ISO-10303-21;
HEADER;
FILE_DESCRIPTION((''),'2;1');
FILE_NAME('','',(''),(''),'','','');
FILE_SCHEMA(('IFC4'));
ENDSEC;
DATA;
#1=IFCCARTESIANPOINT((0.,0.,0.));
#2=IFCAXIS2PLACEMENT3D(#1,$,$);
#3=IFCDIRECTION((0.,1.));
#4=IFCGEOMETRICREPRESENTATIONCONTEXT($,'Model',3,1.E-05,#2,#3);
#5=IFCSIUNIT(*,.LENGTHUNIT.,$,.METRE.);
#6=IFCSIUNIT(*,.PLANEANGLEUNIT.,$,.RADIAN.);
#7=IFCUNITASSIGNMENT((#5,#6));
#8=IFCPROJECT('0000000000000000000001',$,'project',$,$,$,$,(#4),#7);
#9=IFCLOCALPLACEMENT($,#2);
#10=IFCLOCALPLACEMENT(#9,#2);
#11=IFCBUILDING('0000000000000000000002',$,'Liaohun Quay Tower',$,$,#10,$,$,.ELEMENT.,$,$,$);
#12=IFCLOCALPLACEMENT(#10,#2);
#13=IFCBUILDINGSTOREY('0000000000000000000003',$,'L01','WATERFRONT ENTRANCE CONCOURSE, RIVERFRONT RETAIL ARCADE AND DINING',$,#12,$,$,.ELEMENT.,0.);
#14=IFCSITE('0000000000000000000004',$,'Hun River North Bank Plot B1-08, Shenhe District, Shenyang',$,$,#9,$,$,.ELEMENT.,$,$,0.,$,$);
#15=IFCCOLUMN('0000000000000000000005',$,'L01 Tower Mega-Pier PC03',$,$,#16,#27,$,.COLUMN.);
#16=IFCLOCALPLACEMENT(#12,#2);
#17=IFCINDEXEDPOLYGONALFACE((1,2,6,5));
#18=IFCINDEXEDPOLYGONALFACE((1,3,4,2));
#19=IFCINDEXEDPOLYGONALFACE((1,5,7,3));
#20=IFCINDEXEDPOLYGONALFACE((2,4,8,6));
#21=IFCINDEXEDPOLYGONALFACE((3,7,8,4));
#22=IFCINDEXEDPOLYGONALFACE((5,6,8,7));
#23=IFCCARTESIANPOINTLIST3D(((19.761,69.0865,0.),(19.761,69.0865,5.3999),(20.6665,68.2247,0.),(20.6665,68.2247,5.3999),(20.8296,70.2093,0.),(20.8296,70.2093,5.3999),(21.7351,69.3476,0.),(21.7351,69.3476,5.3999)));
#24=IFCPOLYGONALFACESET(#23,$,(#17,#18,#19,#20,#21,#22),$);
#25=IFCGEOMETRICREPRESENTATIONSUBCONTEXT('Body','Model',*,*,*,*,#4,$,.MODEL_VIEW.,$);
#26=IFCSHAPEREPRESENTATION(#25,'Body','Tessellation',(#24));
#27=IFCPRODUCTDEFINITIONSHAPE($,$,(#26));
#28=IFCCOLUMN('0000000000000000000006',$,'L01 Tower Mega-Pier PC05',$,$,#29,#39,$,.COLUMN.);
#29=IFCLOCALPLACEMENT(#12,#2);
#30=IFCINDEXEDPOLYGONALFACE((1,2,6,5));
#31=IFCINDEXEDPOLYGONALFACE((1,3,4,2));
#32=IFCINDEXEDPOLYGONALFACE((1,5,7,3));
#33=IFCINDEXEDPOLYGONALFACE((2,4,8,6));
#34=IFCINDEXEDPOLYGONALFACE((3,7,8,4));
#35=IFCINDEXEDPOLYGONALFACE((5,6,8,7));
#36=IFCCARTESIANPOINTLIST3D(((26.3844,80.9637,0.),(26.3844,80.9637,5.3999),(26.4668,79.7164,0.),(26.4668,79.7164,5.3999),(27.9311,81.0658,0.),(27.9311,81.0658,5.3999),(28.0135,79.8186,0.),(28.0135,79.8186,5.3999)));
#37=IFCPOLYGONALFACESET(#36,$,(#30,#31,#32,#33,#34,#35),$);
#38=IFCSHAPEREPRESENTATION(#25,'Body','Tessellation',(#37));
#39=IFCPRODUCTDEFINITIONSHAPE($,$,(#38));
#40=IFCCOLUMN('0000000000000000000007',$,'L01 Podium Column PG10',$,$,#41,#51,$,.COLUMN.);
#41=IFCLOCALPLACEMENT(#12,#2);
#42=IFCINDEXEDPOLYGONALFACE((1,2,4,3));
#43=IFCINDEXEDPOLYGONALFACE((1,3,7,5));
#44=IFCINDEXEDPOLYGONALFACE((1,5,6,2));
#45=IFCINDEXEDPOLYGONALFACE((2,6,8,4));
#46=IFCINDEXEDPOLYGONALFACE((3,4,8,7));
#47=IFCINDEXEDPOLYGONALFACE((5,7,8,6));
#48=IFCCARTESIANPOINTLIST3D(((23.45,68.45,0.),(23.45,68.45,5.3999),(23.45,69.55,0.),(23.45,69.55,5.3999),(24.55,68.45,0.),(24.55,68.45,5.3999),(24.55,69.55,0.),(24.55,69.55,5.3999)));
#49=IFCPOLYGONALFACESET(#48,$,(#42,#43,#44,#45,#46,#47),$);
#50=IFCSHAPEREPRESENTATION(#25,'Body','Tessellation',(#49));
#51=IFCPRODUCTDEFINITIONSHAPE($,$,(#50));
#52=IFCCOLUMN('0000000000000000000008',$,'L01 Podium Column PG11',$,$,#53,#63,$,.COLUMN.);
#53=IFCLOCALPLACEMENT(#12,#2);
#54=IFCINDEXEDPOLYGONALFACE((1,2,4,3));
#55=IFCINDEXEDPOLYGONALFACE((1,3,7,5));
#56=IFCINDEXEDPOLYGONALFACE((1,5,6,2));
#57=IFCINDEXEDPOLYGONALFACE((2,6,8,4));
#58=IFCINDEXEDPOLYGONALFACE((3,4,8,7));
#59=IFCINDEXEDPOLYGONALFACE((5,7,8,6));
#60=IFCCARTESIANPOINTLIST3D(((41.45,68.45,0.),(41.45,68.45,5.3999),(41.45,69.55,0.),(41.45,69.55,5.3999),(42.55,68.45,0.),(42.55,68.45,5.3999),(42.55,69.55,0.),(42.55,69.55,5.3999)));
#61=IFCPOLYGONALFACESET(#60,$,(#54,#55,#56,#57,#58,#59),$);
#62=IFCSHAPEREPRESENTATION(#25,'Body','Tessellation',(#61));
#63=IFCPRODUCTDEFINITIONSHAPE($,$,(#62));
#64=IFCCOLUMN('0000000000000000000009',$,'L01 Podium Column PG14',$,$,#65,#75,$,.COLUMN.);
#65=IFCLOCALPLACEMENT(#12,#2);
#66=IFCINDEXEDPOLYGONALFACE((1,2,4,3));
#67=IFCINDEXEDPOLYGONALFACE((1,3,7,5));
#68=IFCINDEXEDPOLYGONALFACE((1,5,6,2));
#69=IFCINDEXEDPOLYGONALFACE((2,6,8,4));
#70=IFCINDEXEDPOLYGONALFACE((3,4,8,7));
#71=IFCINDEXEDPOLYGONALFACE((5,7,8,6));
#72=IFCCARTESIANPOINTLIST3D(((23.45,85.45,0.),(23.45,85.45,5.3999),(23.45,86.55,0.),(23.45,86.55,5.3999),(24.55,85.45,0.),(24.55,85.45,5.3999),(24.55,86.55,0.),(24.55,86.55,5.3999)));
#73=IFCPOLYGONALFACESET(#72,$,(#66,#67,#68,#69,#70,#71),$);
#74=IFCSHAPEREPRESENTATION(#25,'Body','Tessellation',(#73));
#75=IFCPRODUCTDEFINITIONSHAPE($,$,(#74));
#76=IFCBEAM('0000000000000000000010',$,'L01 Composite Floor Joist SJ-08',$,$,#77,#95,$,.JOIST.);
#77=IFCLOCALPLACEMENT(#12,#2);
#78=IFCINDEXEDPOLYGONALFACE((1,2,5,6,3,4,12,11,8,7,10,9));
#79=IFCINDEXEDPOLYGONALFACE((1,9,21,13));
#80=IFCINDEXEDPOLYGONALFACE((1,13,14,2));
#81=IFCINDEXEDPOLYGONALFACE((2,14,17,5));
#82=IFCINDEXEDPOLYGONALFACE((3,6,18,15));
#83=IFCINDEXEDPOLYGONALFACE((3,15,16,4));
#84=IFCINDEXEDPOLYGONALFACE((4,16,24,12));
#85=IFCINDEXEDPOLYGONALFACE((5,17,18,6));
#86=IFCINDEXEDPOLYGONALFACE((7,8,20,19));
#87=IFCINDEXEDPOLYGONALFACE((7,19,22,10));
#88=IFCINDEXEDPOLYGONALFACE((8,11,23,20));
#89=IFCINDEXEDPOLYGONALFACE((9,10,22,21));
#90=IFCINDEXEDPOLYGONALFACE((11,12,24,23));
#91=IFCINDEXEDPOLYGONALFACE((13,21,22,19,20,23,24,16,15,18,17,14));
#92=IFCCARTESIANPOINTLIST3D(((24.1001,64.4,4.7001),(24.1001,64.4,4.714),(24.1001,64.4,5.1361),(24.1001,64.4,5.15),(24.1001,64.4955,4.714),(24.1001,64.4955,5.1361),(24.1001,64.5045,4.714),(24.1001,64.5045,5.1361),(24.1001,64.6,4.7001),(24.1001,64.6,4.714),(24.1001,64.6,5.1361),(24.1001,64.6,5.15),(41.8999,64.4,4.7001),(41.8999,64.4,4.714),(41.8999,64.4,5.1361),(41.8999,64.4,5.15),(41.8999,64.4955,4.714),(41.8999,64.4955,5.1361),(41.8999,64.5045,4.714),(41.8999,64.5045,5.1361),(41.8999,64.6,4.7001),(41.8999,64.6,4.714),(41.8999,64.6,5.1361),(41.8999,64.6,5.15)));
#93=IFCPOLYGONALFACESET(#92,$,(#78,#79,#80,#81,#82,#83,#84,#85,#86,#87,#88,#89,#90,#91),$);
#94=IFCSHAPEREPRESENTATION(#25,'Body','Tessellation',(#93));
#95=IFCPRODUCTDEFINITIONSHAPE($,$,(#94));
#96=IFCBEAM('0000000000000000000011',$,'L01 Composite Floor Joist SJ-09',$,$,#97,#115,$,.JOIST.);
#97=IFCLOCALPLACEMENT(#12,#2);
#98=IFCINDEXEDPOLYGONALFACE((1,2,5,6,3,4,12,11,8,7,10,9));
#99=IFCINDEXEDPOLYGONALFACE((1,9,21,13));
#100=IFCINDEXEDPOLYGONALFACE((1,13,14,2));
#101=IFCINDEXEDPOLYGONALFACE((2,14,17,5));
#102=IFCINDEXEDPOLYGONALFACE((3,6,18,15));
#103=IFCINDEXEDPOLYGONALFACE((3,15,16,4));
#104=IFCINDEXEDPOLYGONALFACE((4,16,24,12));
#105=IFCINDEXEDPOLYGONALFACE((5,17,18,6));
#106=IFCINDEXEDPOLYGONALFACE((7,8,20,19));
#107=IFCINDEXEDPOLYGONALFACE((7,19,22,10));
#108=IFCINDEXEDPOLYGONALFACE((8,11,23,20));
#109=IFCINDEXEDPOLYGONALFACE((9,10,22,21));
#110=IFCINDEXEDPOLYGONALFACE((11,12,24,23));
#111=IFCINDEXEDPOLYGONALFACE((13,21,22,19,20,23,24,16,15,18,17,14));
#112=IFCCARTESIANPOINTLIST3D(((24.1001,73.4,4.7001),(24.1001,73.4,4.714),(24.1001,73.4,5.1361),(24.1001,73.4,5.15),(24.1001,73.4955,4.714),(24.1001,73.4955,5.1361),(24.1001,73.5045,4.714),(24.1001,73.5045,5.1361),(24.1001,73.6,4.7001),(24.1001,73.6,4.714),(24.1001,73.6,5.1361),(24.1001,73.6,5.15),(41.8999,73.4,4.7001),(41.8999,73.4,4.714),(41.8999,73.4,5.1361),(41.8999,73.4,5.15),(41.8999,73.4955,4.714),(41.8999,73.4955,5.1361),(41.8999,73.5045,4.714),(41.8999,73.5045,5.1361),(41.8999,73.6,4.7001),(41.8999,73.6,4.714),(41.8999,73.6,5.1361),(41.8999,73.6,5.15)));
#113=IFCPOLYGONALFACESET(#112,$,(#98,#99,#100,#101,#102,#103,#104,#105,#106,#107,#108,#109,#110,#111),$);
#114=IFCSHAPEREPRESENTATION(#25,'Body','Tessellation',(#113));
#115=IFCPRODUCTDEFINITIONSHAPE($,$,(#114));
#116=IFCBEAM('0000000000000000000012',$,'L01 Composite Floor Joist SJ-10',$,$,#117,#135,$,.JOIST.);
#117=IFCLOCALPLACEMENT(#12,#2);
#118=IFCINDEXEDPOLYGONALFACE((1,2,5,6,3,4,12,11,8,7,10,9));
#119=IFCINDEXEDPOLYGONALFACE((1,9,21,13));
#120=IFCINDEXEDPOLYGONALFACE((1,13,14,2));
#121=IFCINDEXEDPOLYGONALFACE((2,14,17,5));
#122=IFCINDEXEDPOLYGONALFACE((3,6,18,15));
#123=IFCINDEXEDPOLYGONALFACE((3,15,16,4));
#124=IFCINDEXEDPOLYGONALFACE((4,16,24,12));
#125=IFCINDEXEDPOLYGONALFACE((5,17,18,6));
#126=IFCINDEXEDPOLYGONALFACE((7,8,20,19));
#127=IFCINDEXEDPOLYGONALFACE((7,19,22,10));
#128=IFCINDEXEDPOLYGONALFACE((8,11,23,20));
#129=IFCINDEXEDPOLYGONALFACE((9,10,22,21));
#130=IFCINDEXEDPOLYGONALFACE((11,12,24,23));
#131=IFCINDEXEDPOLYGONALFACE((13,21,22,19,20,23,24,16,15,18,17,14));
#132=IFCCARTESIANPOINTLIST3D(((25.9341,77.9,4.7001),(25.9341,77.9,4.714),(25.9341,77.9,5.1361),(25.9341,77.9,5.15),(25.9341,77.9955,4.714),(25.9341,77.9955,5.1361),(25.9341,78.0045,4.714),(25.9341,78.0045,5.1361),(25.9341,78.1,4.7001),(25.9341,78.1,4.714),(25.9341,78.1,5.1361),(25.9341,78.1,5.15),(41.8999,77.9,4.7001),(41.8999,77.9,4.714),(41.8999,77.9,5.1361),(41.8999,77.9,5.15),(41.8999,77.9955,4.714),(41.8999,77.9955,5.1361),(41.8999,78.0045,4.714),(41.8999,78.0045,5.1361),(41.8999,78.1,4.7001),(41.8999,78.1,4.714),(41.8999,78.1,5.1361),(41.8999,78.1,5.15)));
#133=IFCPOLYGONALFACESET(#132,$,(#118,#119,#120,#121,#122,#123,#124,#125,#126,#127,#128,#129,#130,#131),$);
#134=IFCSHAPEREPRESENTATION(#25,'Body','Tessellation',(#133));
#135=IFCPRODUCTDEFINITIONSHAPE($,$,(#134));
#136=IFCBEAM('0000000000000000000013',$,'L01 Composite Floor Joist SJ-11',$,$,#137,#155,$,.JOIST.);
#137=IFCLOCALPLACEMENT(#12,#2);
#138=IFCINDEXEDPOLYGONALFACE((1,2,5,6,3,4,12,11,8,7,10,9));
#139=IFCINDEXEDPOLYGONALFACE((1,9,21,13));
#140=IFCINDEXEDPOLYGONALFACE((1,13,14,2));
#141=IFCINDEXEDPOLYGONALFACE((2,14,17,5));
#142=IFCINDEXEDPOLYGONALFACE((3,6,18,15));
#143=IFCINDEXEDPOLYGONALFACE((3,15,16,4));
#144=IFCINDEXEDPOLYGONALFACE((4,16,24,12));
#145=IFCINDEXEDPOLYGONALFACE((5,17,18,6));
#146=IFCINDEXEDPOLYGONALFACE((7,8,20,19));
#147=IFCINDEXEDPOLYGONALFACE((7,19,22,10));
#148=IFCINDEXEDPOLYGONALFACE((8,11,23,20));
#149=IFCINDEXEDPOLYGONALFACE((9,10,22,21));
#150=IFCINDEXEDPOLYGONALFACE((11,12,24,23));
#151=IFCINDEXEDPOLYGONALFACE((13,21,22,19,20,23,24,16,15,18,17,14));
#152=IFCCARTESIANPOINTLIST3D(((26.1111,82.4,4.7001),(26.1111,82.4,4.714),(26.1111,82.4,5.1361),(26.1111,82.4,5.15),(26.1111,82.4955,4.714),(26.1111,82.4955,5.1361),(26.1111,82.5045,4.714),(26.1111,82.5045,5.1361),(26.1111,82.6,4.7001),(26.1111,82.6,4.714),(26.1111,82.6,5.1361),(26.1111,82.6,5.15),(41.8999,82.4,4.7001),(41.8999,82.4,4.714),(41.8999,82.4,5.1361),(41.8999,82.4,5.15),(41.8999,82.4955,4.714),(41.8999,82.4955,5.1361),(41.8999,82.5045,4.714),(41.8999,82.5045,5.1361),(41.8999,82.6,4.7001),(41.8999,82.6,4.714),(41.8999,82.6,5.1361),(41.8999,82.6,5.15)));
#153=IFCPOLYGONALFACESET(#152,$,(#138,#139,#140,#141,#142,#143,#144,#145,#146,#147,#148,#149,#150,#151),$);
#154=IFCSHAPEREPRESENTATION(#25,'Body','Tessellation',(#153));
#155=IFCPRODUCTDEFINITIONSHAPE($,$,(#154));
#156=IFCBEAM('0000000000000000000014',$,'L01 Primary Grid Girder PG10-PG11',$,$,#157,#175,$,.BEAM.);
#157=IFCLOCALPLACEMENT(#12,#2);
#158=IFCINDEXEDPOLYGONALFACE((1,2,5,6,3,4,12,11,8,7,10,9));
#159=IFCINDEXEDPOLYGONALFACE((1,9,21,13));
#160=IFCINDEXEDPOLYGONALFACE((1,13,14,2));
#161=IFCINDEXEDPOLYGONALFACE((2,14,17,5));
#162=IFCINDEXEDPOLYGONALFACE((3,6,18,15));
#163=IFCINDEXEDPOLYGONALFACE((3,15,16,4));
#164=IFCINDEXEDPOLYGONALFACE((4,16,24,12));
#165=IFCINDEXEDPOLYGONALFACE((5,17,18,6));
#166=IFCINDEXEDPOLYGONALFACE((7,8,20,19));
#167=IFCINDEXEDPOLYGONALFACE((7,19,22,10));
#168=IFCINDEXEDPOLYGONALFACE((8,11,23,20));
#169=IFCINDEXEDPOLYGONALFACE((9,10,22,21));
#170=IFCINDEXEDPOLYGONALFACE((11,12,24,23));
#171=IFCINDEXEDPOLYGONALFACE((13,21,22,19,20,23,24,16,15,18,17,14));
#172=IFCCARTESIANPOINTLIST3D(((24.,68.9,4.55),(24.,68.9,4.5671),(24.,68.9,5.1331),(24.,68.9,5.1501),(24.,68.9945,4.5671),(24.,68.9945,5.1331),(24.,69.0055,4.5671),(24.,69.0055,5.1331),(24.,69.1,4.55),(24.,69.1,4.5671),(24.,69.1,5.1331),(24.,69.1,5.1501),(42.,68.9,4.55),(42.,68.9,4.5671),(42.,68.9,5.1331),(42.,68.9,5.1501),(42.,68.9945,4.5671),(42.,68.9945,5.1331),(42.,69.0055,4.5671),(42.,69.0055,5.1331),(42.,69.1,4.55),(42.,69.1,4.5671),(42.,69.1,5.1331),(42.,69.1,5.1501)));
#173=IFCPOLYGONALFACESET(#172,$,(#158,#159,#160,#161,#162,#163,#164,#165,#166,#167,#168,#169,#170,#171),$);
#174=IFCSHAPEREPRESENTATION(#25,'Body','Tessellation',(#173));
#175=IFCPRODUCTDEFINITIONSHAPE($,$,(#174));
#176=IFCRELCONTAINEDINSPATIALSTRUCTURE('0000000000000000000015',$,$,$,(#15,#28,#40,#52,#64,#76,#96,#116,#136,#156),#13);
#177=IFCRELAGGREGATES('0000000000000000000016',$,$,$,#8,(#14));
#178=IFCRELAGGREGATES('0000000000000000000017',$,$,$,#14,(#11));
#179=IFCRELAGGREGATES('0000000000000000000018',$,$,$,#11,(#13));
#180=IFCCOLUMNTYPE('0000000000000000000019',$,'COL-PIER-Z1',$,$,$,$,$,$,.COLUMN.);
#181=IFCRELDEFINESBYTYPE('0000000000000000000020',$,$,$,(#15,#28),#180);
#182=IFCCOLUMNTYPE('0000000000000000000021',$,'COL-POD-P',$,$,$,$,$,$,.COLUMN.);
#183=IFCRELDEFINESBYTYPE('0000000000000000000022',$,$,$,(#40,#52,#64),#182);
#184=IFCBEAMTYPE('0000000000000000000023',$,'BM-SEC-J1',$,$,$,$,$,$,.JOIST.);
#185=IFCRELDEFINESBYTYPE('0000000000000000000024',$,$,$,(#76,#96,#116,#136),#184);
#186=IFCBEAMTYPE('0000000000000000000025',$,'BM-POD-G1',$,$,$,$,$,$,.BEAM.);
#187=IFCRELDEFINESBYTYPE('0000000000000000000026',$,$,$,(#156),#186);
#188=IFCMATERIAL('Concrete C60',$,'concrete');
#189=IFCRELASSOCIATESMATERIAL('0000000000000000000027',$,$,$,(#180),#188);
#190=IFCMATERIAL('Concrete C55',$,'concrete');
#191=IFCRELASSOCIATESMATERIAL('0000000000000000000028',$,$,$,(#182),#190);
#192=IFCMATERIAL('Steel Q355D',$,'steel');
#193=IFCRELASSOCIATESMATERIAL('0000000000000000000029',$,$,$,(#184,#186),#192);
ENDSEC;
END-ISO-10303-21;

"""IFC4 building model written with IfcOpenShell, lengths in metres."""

from ifc_helpers import new_model, si_unit, direction, frame, origin, origin_2d, place, context, subcontext, project, spatial, rectangle, i_section, extrude, source, transform, mapped, material, material_profile, profile_set, type_object, element, save


model = new_model("IFC4")

# Units and contexts
model_context = context("Model", 3, precision=1e-05, world=origin(), true_north=direction((0.0, 1.0)))
body_context = subcontext(model_context, "Body", "Model", "MODEL_VIEW")
ifc_project = project(units=[si_unit("LENGTHUNIT", "METRE"), si_unit("PLANEANGLEUNIT", "RADIAN")], contexts=[model_context])

# Site, building, storey
site_placement = place(None, origin())
site = spatial("IfcSite", under=ifc_project, at=site_placement, Name="Hun River North Bank Plot B1-08, Shenhe District, Shenyang", CompositionType="ELEMENT", RefElevation=0.0)
building_placement = place(site_placement, origin())
building = spatial("IfcBuilding", under=site, at=building_placement, Name="Liaohun Quay Tower", CompositionType="ELEMENT")
storey_placement = place(building_placement, origin())
storey = spatial("IfcBuildingStorey", under=building, at=storey_placement, Name="L01", Description="WATERFRONT ENTRANCE CONCOURSE, RIVERFRONT RETAIL ARCADE AND DINING", CompositionType="ELEMENT", Elevation=0.0)

# Columns
ifc_material_1 = material(Name="Concrete C60", Category="concrete")
ifc_material_profile_1 = material_profile(ifc_material_1, rectangle(XDim=1.55, YDim=1.25, at=origin_2d()), Name="RC1550x1250")
ifc_profile_set_1 = profile_set([ifc_material_profile_1], Name="Concrete C60")
column_type_1 = type_object("IfcColumnType", Name="COL-PIER-Z1", PredefinedType="COLUMN", material=ifc_profile_set_1)
shared_shape_1 = source(origin(), body_context, "Body", "SweptSolid", [
    extrude(rectangle(XDim=1.55, YDim=1.25, at=origin_2d()), origin(), (0.0, 0.0, 1.0), 5.3999),
])
for number, where, z_axis, x_axis, name in (
    (1, (20.748, 69.217, 0.0), (0.0, 0.0, 1.0), (0.689367, 0.724413, 0.0), "L01 Tower Mega-Pier PC03"),
    (2, (27.199, 80.3911, 0.0), (0.0, 0.0, 1.0), (0.997825, 0.065926, 0.0), "L01 Tower Mega-Pier PC05"),
):
    element("IfcColumn", number, at=place(storey_placement, frame(where, z_axis=z_axis, x_axis=x_axis)), inside=storey, type_object=column_type_1, Name=name, PredefinedType="COLUMN", context=body_context, shape_type="MappedRepresentation", body=[
        mapped(shared_shape_1, transform((0.0, 0.0, 0.0), x_axis=(1.0, 0.0, 0.0), y_axis=(0.0, 1.0, 0.0), z_axis=(0.0, 0.0, 1.0), scale=1.0)),
    ])
ifc_material_2 = material(Name="Concrete C55", Category="concrete")
ifc_material_profile_2 = material_profile(ifc_material_2, rectangle(XDim=1.1001, YDim=1.1001, at=origin_2d()), Name="RC1100x1100")
ifc_profile_set_2 = profile_set([ifc_material_profile_2], Name="Concrete C55")
column_type_2 = type_object("IfcColumnType", Name="COL-POD-P", PredefinedType="COLUMN", material=ifc_profile_set_2)
shared_shape_2 = source(origin(), body_context, "Body", "SweptSolid", [
    extrude(rectangle(XDim=1.1001, YDim=1.1001, at=origin_2d()), origin(), (0.0, 0.0, 1.0), 5.3999),
])
for number, where, z_axis, x_axis, name in (
    (3, (24.0, 69.0, 0.0), (0.0, 0.0, 1.0), (1.0, 0.0, 0.0), "L01 Podium Column PG10"),
    (4, (42.0, 69.0, 0.0), (0.0, 0.0, 1.0), (1.0, 0.0, 0.0), "L01 Podium Column PG11"),
    (5, (24.0, 86.0, 0.0), (0.0, 0.0, 1.0), (1.0, 0.0, 0.0), "L01 Podium Column PG14"),
):
    element("IfcColumn", number, at=place(storey_placement, frame(where, z_axis=z_axis, x_axis=x_axis)), inside=storey, type_object=column_type_2, Name=name, PredefinedType="COLUMN", context=body_context, shape_type="MappedRepresentation", body=[
        mapped(shared_shape_2, transform((0.0, 0.0, 0.0), x_axis=(1.0, 0.0, 0.0), y_axis=(0.0, 1.0, 0.0), z_axis=(0.0, 0.0, 1.0), scale=1.0)),
    ])

# Beams
ifc_material_3 = material(Name="Steel Q355D", Category="steel")
ifc_material_profile_3 = material_profile(ifc_material_3, i_section(OverallWidth=0.2, OverallDepth=0.45, WebThickness=0.009, FlangeThickness=0.0139, at=origin_2d()), Name="HN450x200x9x14")
ifc_profile_set_3 = profile_set([ifc_material_profile_3], Name="Steel Q355D")
beam_type_1 = type_object("IfcBeamType", Name="BM-SEC-J1", PredefinedType="JOIST", material=ifc_profile_set_3)
shared_shape_3 = source(origin(), body_context, "Body", "SweptSolid", [
    extrude(i_section(OverallWidth=0.2, OverallDepth=0.45, WebThickness=0.009, FlangeThickness=0.0139, at=origin_2d()), origin(), (0.0, 0.0, 1.0), 17.7998),
])
for number, where, z_axis, x_axis, name in (
    (6, (24.1001, 64.5, 4.925), (1.0, 0.0, 0.0), (0.0, 1.0, 0.0), "L01 Composite Floor Joist SJ-08"),
    (7, (24.1001, 73.5, 4.925), (1.0, 0.0, 0.0), (0.0, 1.0, 0.0), "L01 Composite Floor Joist SJ-09"),
):
    element("IfcBeam", number, at=place(storey_placement, frame(where, z_axis=z_axis, x_axis=x_axis)), inside=storey, type_object=beam_type_1, Name=name, PredefinedType="JOIST", context=body_context, shape_type="MappedRepresentation", body=[
        mapped(shared_shape_3, transform((0.0, 0.0, 0.0), x_axis=(1.0, 0.0, 0.0), y_axis=(0.0, 1.0, 0.0), z_axis=(0.0, 0.0, 1.0), scale=1.0)),
    ])
shared_shape_4 = source(origin(), body_context, "Body", "SweptSolid", [
    extrude(i_section(OverallWidth=0.2, OverallDepth=0.45, WebThickness=0.009, FlangeThickness=0.0139, at=origin_2d()), origin(), (0.0, 0.0, 1.0), 15.9658),
])
beam_1_placement = place(storey_placement, frame((25.9341, 78.0, 4.925), z_axis=(1.0, 0.0, 0.0), x_axis=(0.0, 1.0, 0.0)))
element("IfcBeam", 8, at=beam_1_placement, inside=storey, type_object=beam_type_1, Name="L01 Composite Floor Joist SJ-10", PredefinedType="JOIST", context=body_context, shape_type="MappedRepresentation", body=[
    mapped(shared_shape_4, transform((0.0, 0.0, 0.0), x_axis=(1.0, 0.0, 0.0), y_axis=(0.0, 1.0, 0.0), z_axis=(0.0, 0.0, 1.0), scale=1.0)),
])
shared_shape_5 = source(origin(), body_context, "Body", "SweptSolid", [
    extrude(i_section(OverallWidth=0.2, OverallDepth=0.45, WebThickness=0.009, FlangeThickness=0.0139, at=origin_2d()), origin(), (0.0, 0.0, 1.0), 15.7888),
])
beam_2_placement = place(storey_placement, frame((26.1111, 82.5, 4.925), z_axis=(1.0, 0.0, 0.0), x_axis=(0.0, 1.0, 0.0)))
element("IfcBeam", 9, at=beam_2_placement, inside=storey, type_object=beam_type_1, Name="L01 Composite Floor Joist SJ-11", PredefinedType="JOIST", context=body_context, shape_type="MappedRepresentation", body=[
    mapped(shared_shape_5, transform((0.0, 0.0, 0.0), x_axis=(1.0, 0.0, 0.0), y_axis=(0.0, 1.0, 0.0), z_axis=(0.0, 0.0, 1.0), scale=1.0)),
])
ifc_material_profile_4 = material_profile(ifc_material_3, i_section(OverallWidth=0.2, OverallDepth=0.6001, WebThickness=0.011, FlangeThickness=0.0171, at=origin_2d()), Name="HN600x200x11x17")
ifc_profile_set_4 = profile_set([ifc_material_profile_4], Name="Steel Q355D")
beam_type_2 = type_object("IfcBeamType", Name="BM-POD-G1", PredefinedType="BEAM", material=ifc_profile_set_4)
shared_shape_6 = source(origin(), body_context, "Body", "SweptSolid", [
    extrude(i_section(OverallWidth=0.2, OverallDepth=0.6001, WebThickness=0.011, FlangeThickness=0.0171, at=origin_2d()), origin(), (0.0, 0.0, 1.0), 18.0),
])
for number, where, z_axis, x_axis, name in (
    (10, (24.0, 69.0, 4.8501), (1.0, 0.0, 0.0), (0.0, 1.0, 0.0), "L01 Primary Grid Girder PG10-PG11"),
):
    element("IfcBeam", number, at=place(storey_placement, frame(where, z_axis=z_axis, x_axis=x_axis)), inside=storey, type_object=beam_type_2, Name=name, PredefinedType="BEAM", context=body_context, shape_type="MappedRepresentation", body=[
        mapped(shared_shape_6, transform((0.0, 0.0, 0.0), x_axis=(1.0, 0.0, 0.0), y_axis=(0.0, 1.0, 0.0), z_axis=(0.0, 0.0, 1.0), scale=1.0)),
    ])

save(model, "model.ifc")
